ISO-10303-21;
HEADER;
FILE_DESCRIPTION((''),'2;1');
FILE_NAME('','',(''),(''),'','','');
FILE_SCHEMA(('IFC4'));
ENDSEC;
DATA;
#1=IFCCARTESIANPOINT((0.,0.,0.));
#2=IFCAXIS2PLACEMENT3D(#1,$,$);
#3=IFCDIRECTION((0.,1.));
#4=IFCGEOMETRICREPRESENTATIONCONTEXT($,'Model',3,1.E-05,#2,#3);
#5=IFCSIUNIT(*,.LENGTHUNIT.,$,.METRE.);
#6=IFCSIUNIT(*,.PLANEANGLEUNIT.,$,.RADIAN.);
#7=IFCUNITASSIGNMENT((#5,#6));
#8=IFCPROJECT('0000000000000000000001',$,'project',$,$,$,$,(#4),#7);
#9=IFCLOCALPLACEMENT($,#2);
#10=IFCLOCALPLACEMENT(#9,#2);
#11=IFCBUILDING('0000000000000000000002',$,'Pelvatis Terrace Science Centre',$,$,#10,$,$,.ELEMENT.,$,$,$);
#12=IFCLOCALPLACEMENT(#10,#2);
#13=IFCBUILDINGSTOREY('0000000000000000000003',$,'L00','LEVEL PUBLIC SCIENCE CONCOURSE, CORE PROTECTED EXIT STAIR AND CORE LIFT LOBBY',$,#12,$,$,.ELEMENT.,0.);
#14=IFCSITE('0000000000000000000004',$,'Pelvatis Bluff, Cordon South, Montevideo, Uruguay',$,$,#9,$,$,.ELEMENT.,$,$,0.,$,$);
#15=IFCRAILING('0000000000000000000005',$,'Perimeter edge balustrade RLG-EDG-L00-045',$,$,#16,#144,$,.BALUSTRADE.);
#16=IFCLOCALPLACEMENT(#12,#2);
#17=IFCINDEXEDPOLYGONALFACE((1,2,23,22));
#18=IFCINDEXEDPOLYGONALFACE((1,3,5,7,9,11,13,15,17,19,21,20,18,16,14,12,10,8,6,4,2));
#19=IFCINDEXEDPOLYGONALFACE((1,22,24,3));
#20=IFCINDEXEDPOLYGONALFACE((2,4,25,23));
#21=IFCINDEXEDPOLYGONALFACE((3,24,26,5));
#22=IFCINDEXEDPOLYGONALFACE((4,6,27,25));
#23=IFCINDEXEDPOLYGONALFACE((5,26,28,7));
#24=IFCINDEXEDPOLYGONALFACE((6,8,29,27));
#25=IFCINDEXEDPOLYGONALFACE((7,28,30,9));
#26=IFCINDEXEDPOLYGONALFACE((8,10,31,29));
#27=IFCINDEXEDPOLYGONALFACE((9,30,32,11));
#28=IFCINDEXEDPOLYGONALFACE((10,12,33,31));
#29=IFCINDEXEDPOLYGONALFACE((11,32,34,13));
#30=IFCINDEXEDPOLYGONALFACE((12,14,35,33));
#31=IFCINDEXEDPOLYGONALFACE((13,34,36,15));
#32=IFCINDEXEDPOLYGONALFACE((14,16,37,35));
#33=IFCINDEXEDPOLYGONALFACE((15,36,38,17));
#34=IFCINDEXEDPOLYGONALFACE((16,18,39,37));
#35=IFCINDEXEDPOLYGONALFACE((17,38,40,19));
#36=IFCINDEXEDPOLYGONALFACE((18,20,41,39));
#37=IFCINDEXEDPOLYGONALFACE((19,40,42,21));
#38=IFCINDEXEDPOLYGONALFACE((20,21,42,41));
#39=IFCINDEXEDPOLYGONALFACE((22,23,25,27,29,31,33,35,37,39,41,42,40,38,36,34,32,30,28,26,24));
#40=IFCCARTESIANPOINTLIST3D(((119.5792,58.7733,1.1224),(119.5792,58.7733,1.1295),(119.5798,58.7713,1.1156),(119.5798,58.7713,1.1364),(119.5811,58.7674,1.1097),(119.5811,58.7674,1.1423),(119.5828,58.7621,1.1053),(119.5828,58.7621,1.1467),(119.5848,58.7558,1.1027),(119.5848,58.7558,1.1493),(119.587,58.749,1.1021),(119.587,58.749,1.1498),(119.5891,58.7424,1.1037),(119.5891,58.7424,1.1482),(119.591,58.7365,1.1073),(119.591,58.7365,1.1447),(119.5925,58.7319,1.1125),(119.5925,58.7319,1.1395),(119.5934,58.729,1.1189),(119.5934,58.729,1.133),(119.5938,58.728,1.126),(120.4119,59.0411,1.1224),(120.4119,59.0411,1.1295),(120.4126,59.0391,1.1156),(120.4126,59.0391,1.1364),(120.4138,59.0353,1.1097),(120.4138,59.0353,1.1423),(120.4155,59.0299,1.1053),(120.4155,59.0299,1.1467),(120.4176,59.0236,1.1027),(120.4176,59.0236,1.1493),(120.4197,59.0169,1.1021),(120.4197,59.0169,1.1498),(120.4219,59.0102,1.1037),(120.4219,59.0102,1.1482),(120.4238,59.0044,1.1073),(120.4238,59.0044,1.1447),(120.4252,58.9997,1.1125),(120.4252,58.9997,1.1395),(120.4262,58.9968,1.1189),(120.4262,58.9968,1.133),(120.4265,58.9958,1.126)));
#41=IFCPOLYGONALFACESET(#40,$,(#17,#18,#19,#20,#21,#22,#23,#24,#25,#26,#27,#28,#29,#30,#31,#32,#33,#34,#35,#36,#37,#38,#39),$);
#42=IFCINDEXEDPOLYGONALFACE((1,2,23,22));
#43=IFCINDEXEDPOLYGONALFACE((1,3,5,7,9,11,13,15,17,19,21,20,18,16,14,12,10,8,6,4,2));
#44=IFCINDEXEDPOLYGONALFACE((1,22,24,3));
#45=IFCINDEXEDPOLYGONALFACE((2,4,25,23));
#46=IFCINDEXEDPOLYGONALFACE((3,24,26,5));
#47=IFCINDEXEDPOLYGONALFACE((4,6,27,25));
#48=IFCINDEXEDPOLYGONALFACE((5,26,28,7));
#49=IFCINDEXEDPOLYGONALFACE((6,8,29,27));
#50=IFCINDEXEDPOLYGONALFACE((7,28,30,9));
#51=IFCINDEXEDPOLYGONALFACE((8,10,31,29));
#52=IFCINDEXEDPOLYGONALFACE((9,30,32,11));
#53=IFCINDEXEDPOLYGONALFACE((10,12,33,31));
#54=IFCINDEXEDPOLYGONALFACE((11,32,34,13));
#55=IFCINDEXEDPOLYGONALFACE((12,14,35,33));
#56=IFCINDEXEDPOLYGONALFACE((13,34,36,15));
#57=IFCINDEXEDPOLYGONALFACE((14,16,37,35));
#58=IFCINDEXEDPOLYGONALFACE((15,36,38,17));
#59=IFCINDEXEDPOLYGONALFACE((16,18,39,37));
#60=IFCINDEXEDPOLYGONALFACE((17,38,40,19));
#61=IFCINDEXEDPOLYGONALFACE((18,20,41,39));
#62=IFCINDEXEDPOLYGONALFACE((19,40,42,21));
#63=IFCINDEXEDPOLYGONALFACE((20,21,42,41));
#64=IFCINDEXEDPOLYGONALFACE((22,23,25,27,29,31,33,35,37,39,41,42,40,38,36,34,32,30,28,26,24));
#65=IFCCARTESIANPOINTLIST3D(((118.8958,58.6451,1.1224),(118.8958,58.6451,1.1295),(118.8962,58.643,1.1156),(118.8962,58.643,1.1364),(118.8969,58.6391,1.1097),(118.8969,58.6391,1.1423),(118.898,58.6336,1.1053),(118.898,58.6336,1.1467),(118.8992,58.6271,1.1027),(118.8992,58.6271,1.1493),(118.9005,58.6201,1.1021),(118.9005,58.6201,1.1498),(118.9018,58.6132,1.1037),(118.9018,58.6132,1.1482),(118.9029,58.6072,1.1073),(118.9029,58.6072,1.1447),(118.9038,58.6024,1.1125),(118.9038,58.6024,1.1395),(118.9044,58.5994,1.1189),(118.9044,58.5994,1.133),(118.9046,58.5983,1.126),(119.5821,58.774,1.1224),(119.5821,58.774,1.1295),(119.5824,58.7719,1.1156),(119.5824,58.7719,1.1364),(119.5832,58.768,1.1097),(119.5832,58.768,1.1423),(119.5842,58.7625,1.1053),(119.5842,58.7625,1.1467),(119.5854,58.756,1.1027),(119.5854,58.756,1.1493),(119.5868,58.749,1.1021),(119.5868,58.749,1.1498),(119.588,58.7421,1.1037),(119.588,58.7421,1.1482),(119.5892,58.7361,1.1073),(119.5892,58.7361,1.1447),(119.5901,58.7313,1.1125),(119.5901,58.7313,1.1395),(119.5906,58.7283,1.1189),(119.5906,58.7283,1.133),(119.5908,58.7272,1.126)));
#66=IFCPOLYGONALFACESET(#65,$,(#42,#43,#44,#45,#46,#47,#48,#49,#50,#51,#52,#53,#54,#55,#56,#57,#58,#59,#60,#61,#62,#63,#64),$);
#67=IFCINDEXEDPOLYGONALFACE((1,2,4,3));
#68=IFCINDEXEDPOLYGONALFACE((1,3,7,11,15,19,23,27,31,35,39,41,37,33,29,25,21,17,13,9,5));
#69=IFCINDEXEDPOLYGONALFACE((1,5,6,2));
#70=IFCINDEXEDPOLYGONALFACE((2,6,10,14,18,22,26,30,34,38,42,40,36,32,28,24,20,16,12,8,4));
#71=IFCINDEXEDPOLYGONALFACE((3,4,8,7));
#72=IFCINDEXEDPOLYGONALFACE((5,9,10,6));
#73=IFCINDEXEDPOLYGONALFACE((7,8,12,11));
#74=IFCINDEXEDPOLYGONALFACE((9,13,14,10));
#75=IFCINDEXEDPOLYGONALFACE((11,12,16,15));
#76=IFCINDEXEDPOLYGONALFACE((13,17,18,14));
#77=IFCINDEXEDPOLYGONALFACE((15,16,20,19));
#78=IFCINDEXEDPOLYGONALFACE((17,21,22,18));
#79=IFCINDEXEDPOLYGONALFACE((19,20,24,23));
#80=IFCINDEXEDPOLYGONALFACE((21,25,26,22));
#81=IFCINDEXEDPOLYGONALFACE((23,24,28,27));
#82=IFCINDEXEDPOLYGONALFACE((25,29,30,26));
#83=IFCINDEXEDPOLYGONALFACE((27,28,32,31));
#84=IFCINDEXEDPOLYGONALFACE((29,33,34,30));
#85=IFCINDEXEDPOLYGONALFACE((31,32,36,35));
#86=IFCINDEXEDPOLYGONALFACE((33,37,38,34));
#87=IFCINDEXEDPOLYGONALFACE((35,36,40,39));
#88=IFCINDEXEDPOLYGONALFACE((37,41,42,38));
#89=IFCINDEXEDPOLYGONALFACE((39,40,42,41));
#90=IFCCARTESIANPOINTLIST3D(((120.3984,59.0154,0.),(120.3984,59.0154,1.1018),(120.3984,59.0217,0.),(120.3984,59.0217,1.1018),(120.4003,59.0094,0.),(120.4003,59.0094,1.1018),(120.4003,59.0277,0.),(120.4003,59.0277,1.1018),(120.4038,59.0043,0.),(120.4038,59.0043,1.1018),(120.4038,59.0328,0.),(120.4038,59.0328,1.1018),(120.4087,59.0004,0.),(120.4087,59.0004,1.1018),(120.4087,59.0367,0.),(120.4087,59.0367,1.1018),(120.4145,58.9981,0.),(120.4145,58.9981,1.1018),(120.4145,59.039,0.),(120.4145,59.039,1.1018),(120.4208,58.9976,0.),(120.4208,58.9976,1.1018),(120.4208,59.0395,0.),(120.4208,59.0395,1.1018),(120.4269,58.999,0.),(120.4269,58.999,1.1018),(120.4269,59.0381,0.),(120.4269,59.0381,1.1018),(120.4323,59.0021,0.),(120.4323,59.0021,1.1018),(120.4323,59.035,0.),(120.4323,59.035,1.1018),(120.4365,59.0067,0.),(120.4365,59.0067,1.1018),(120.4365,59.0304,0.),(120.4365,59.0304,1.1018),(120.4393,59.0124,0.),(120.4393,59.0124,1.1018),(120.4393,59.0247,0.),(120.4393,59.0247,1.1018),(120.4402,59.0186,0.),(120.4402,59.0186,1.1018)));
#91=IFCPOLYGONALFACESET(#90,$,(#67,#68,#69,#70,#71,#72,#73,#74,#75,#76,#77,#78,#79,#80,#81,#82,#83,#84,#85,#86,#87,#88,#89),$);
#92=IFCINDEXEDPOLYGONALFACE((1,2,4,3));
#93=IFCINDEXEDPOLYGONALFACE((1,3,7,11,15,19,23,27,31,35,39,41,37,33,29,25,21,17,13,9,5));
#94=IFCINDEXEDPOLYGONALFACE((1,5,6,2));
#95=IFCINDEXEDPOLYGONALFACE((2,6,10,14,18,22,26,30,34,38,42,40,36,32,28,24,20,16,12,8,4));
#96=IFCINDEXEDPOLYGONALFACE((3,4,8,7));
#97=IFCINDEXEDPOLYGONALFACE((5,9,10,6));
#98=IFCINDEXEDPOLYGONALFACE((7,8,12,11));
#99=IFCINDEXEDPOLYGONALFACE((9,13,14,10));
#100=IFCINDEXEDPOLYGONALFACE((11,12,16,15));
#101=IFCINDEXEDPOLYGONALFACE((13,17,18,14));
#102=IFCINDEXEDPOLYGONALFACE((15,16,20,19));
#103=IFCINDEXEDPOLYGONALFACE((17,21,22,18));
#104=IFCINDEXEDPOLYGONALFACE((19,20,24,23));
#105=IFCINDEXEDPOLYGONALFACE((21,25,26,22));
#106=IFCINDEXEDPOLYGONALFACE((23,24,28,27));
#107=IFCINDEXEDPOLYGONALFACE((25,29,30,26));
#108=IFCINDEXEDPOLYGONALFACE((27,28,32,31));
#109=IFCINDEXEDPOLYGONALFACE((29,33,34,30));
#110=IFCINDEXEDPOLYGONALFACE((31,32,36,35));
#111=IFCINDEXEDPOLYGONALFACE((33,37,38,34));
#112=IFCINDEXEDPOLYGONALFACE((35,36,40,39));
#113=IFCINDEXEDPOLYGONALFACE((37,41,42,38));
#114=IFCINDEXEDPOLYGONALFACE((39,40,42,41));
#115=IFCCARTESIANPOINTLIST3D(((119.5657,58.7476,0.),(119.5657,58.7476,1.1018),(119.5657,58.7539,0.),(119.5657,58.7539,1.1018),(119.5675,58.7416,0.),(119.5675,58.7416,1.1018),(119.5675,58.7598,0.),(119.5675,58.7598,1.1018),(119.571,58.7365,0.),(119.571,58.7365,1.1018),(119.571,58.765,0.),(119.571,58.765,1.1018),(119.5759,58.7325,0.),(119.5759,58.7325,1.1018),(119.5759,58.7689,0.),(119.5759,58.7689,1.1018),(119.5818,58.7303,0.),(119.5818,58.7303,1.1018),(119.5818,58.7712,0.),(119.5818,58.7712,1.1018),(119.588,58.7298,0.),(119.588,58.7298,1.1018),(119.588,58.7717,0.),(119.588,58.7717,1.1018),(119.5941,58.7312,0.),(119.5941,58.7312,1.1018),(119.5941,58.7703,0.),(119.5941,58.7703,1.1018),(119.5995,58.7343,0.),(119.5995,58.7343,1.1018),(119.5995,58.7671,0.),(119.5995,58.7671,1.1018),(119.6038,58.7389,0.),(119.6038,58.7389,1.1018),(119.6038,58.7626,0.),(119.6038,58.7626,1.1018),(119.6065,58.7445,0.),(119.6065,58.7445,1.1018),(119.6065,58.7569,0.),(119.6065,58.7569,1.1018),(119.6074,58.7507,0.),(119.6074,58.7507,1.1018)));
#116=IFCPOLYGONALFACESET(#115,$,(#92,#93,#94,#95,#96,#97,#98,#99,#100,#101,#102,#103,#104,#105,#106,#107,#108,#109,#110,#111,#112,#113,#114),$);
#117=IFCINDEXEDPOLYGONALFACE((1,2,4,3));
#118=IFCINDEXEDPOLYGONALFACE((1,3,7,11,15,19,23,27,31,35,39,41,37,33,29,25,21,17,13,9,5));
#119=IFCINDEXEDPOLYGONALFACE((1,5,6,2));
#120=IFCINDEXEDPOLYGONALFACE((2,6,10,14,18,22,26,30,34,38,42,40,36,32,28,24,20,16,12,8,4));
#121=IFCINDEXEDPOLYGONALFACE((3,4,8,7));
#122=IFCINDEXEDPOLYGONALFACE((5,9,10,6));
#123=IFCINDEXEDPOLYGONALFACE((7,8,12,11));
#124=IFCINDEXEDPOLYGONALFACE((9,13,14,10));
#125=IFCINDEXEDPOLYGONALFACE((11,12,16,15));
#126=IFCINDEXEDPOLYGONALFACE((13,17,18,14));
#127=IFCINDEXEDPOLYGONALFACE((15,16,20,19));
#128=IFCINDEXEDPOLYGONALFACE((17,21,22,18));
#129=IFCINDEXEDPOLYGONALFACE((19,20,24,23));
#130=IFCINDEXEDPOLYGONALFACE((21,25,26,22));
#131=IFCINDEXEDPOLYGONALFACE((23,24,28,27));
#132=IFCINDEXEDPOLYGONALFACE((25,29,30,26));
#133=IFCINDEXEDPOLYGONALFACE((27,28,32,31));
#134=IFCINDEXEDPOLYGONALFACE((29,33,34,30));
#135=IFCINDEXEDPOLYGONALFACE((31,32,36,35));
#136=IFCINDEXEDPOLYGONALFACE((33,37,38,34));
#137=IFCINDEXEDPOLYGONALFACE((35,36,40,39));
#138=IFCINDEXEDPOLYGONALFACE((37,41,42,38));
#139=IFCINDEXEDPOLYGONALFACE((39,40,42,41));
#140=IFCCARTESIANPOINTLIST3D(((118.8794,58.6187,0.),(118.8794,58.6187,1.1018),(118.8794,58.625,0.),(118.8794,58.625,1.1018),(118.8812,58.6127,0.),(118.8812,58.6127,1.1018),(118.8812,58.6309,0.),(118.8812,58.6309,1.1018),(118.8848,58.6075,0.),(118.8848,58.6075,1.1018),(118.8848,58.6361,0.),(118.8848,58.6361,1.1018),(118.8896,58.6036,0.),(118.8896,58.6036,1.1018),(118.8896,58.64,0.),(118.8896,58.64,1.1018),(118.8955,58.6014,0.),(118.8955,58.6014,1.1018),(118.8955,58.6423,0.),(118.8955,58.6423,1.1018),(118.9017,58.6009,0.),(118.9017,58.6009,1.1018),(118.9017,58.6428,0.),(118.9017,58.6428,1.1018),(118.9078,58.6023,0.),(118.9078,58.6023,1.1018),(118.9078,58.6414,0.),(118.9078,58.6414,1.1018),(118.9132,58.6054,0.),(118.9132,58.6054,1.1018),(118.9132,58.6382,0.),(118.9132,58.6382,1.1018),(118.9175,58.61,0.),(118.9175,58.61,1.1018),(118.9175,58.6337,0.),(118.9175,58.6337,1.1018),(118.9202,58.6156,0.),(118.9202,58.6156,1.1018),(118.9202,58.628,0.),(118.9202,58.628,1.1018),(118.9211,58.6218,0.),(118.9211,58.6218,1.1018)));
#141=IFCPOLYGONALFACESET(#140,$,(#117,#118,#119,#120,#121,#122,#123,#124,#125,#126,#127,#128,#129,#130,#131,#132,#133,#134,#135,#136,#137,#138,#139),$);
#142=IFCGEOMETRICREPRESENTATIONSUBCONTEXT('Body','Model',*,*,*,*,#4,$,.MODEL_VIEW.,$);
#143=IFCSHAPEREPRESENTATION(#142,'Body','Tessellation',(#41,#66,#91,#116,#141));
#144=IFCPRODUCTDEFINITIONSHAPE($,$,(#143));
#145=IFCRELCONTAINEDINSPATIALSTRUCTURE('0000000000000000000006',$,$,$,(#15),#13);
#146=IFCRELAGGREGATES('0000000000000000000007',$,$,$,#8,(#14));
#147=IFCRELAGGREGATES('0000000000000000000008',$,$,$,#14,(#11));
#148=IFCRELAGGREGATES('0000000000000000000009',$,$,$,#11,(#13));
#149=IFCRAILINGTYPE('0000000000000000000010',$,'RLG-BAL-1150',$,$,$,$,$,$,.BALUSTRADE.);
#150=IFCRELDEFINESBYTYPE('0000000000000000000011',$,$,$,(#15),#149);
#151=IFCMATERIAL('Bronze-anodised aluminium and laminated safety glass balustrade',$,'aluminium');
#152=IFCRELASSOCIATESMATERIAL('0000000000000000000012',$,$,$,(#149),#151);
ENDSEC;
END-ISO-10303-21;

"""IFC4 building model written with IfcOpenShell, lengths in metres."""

from ifc_helpers import new_model, si_unit, direction, frame, origin, origin_2d, place, context, subcontext, project, spatial, circle, extrude, material, type_object, element, save


model = new_model("IFC4")

# Units and contexts
model_context = context("Model", 3, precision=1e-05, world=origin(), true_north=direction((0.0, 1.0)))
body_context = subcontext(model_context, "Body", "Model", "MODEL_VIEW")
ifc_project = project(units=[si_unit("LENGTHUNIT", "METRE"), si_unit("PLANEANGLEUNIT", "RADIAN")], contexts=[model_context])

# Site, building, storey
site_placement = place(None, origin())
site = spatial("IfcSite", under=ifc_project, at=site_placement, Name="Pelvatis Bluff, Cordon South, Montevideo, Uruguay", CompositionType="ELEMENT", RefElevation=0.0)
building_placement = place(site_placement, origin())
building = spatial("IfcBuilding", under=site, at=building_placement, Name="Pelvatis Terrace Science Centre", CompositionType="ELEMENT")
storey_placement = place(building_placement, origin())
storey = spatial("IfcBuildingStorey", under=building, at=storey_placement, Name="L00", Description="LEVEL PUBLIC SCIENCE CONCOURSE, CORE PROTECTED EXIT STAIR AND CORE LIFT LOBBY", CompositionType="ELEMENT", Elevation=0.0)

# Railing
ifc_material_1 = material(Name="Bronze-anodised aluminium and laminated safety glass balustrade", Category="aluminium")
railing_type = type_object("IfcRailingType", Name="RLG-BAL-1150", PredefinedType="BALUSTRADE", material=ifc_material_1)
railing_1_placement = place(storey_placement, frame((120.4192, 59.0186, 0.0)))
element("IfcRailing", 1, at=railing_1_placement, inside=storey, type_object=railing_type, Name="Perimeter edge balustrade RLG-EDG-L00-045", PredefinedType="BALUSTRADE", context=body_context, shape_type="SweptSolid", body=[
    extrude(circle(Radius=0.0239, at=origin_2d()), frame((0.0, 0.0, 1.126), z_axis=(-0.951979, -0.306163, 0.0), x_axis=(0.306163, -0.951979, 0.0)), (0.0, 0.0, 1.0), 0.8748),
    extrude(circle(Radius=0.0239, at=origin_2d()), frame((-0.8328, -0.2678, 1.126), z_axis=(-0.982813, -0.184605, 0.0), x_axis=(0.184605, -0.982813, 0.0)), (0.0, 0.0, 1.0), 0.6982),
    extrude(circle(Radius=0.021, at=origin_2d()), origin(), (0.0, 0.0, 1.0), 1.1018),
    extrude(circle(Radius=0.021, at=origin_2d()), frame((-0.8328, -0.2678, 0.0)), (0.0, 0.0, 1.0), 1.1018),
    extrude(circle(Radius=0.021, at=origin_2d()), frame((-1.519, -0.3967, 0.0)), (0.0, 0.0, 1.0), 1.1018),
])

save(model, "model.ifc")
